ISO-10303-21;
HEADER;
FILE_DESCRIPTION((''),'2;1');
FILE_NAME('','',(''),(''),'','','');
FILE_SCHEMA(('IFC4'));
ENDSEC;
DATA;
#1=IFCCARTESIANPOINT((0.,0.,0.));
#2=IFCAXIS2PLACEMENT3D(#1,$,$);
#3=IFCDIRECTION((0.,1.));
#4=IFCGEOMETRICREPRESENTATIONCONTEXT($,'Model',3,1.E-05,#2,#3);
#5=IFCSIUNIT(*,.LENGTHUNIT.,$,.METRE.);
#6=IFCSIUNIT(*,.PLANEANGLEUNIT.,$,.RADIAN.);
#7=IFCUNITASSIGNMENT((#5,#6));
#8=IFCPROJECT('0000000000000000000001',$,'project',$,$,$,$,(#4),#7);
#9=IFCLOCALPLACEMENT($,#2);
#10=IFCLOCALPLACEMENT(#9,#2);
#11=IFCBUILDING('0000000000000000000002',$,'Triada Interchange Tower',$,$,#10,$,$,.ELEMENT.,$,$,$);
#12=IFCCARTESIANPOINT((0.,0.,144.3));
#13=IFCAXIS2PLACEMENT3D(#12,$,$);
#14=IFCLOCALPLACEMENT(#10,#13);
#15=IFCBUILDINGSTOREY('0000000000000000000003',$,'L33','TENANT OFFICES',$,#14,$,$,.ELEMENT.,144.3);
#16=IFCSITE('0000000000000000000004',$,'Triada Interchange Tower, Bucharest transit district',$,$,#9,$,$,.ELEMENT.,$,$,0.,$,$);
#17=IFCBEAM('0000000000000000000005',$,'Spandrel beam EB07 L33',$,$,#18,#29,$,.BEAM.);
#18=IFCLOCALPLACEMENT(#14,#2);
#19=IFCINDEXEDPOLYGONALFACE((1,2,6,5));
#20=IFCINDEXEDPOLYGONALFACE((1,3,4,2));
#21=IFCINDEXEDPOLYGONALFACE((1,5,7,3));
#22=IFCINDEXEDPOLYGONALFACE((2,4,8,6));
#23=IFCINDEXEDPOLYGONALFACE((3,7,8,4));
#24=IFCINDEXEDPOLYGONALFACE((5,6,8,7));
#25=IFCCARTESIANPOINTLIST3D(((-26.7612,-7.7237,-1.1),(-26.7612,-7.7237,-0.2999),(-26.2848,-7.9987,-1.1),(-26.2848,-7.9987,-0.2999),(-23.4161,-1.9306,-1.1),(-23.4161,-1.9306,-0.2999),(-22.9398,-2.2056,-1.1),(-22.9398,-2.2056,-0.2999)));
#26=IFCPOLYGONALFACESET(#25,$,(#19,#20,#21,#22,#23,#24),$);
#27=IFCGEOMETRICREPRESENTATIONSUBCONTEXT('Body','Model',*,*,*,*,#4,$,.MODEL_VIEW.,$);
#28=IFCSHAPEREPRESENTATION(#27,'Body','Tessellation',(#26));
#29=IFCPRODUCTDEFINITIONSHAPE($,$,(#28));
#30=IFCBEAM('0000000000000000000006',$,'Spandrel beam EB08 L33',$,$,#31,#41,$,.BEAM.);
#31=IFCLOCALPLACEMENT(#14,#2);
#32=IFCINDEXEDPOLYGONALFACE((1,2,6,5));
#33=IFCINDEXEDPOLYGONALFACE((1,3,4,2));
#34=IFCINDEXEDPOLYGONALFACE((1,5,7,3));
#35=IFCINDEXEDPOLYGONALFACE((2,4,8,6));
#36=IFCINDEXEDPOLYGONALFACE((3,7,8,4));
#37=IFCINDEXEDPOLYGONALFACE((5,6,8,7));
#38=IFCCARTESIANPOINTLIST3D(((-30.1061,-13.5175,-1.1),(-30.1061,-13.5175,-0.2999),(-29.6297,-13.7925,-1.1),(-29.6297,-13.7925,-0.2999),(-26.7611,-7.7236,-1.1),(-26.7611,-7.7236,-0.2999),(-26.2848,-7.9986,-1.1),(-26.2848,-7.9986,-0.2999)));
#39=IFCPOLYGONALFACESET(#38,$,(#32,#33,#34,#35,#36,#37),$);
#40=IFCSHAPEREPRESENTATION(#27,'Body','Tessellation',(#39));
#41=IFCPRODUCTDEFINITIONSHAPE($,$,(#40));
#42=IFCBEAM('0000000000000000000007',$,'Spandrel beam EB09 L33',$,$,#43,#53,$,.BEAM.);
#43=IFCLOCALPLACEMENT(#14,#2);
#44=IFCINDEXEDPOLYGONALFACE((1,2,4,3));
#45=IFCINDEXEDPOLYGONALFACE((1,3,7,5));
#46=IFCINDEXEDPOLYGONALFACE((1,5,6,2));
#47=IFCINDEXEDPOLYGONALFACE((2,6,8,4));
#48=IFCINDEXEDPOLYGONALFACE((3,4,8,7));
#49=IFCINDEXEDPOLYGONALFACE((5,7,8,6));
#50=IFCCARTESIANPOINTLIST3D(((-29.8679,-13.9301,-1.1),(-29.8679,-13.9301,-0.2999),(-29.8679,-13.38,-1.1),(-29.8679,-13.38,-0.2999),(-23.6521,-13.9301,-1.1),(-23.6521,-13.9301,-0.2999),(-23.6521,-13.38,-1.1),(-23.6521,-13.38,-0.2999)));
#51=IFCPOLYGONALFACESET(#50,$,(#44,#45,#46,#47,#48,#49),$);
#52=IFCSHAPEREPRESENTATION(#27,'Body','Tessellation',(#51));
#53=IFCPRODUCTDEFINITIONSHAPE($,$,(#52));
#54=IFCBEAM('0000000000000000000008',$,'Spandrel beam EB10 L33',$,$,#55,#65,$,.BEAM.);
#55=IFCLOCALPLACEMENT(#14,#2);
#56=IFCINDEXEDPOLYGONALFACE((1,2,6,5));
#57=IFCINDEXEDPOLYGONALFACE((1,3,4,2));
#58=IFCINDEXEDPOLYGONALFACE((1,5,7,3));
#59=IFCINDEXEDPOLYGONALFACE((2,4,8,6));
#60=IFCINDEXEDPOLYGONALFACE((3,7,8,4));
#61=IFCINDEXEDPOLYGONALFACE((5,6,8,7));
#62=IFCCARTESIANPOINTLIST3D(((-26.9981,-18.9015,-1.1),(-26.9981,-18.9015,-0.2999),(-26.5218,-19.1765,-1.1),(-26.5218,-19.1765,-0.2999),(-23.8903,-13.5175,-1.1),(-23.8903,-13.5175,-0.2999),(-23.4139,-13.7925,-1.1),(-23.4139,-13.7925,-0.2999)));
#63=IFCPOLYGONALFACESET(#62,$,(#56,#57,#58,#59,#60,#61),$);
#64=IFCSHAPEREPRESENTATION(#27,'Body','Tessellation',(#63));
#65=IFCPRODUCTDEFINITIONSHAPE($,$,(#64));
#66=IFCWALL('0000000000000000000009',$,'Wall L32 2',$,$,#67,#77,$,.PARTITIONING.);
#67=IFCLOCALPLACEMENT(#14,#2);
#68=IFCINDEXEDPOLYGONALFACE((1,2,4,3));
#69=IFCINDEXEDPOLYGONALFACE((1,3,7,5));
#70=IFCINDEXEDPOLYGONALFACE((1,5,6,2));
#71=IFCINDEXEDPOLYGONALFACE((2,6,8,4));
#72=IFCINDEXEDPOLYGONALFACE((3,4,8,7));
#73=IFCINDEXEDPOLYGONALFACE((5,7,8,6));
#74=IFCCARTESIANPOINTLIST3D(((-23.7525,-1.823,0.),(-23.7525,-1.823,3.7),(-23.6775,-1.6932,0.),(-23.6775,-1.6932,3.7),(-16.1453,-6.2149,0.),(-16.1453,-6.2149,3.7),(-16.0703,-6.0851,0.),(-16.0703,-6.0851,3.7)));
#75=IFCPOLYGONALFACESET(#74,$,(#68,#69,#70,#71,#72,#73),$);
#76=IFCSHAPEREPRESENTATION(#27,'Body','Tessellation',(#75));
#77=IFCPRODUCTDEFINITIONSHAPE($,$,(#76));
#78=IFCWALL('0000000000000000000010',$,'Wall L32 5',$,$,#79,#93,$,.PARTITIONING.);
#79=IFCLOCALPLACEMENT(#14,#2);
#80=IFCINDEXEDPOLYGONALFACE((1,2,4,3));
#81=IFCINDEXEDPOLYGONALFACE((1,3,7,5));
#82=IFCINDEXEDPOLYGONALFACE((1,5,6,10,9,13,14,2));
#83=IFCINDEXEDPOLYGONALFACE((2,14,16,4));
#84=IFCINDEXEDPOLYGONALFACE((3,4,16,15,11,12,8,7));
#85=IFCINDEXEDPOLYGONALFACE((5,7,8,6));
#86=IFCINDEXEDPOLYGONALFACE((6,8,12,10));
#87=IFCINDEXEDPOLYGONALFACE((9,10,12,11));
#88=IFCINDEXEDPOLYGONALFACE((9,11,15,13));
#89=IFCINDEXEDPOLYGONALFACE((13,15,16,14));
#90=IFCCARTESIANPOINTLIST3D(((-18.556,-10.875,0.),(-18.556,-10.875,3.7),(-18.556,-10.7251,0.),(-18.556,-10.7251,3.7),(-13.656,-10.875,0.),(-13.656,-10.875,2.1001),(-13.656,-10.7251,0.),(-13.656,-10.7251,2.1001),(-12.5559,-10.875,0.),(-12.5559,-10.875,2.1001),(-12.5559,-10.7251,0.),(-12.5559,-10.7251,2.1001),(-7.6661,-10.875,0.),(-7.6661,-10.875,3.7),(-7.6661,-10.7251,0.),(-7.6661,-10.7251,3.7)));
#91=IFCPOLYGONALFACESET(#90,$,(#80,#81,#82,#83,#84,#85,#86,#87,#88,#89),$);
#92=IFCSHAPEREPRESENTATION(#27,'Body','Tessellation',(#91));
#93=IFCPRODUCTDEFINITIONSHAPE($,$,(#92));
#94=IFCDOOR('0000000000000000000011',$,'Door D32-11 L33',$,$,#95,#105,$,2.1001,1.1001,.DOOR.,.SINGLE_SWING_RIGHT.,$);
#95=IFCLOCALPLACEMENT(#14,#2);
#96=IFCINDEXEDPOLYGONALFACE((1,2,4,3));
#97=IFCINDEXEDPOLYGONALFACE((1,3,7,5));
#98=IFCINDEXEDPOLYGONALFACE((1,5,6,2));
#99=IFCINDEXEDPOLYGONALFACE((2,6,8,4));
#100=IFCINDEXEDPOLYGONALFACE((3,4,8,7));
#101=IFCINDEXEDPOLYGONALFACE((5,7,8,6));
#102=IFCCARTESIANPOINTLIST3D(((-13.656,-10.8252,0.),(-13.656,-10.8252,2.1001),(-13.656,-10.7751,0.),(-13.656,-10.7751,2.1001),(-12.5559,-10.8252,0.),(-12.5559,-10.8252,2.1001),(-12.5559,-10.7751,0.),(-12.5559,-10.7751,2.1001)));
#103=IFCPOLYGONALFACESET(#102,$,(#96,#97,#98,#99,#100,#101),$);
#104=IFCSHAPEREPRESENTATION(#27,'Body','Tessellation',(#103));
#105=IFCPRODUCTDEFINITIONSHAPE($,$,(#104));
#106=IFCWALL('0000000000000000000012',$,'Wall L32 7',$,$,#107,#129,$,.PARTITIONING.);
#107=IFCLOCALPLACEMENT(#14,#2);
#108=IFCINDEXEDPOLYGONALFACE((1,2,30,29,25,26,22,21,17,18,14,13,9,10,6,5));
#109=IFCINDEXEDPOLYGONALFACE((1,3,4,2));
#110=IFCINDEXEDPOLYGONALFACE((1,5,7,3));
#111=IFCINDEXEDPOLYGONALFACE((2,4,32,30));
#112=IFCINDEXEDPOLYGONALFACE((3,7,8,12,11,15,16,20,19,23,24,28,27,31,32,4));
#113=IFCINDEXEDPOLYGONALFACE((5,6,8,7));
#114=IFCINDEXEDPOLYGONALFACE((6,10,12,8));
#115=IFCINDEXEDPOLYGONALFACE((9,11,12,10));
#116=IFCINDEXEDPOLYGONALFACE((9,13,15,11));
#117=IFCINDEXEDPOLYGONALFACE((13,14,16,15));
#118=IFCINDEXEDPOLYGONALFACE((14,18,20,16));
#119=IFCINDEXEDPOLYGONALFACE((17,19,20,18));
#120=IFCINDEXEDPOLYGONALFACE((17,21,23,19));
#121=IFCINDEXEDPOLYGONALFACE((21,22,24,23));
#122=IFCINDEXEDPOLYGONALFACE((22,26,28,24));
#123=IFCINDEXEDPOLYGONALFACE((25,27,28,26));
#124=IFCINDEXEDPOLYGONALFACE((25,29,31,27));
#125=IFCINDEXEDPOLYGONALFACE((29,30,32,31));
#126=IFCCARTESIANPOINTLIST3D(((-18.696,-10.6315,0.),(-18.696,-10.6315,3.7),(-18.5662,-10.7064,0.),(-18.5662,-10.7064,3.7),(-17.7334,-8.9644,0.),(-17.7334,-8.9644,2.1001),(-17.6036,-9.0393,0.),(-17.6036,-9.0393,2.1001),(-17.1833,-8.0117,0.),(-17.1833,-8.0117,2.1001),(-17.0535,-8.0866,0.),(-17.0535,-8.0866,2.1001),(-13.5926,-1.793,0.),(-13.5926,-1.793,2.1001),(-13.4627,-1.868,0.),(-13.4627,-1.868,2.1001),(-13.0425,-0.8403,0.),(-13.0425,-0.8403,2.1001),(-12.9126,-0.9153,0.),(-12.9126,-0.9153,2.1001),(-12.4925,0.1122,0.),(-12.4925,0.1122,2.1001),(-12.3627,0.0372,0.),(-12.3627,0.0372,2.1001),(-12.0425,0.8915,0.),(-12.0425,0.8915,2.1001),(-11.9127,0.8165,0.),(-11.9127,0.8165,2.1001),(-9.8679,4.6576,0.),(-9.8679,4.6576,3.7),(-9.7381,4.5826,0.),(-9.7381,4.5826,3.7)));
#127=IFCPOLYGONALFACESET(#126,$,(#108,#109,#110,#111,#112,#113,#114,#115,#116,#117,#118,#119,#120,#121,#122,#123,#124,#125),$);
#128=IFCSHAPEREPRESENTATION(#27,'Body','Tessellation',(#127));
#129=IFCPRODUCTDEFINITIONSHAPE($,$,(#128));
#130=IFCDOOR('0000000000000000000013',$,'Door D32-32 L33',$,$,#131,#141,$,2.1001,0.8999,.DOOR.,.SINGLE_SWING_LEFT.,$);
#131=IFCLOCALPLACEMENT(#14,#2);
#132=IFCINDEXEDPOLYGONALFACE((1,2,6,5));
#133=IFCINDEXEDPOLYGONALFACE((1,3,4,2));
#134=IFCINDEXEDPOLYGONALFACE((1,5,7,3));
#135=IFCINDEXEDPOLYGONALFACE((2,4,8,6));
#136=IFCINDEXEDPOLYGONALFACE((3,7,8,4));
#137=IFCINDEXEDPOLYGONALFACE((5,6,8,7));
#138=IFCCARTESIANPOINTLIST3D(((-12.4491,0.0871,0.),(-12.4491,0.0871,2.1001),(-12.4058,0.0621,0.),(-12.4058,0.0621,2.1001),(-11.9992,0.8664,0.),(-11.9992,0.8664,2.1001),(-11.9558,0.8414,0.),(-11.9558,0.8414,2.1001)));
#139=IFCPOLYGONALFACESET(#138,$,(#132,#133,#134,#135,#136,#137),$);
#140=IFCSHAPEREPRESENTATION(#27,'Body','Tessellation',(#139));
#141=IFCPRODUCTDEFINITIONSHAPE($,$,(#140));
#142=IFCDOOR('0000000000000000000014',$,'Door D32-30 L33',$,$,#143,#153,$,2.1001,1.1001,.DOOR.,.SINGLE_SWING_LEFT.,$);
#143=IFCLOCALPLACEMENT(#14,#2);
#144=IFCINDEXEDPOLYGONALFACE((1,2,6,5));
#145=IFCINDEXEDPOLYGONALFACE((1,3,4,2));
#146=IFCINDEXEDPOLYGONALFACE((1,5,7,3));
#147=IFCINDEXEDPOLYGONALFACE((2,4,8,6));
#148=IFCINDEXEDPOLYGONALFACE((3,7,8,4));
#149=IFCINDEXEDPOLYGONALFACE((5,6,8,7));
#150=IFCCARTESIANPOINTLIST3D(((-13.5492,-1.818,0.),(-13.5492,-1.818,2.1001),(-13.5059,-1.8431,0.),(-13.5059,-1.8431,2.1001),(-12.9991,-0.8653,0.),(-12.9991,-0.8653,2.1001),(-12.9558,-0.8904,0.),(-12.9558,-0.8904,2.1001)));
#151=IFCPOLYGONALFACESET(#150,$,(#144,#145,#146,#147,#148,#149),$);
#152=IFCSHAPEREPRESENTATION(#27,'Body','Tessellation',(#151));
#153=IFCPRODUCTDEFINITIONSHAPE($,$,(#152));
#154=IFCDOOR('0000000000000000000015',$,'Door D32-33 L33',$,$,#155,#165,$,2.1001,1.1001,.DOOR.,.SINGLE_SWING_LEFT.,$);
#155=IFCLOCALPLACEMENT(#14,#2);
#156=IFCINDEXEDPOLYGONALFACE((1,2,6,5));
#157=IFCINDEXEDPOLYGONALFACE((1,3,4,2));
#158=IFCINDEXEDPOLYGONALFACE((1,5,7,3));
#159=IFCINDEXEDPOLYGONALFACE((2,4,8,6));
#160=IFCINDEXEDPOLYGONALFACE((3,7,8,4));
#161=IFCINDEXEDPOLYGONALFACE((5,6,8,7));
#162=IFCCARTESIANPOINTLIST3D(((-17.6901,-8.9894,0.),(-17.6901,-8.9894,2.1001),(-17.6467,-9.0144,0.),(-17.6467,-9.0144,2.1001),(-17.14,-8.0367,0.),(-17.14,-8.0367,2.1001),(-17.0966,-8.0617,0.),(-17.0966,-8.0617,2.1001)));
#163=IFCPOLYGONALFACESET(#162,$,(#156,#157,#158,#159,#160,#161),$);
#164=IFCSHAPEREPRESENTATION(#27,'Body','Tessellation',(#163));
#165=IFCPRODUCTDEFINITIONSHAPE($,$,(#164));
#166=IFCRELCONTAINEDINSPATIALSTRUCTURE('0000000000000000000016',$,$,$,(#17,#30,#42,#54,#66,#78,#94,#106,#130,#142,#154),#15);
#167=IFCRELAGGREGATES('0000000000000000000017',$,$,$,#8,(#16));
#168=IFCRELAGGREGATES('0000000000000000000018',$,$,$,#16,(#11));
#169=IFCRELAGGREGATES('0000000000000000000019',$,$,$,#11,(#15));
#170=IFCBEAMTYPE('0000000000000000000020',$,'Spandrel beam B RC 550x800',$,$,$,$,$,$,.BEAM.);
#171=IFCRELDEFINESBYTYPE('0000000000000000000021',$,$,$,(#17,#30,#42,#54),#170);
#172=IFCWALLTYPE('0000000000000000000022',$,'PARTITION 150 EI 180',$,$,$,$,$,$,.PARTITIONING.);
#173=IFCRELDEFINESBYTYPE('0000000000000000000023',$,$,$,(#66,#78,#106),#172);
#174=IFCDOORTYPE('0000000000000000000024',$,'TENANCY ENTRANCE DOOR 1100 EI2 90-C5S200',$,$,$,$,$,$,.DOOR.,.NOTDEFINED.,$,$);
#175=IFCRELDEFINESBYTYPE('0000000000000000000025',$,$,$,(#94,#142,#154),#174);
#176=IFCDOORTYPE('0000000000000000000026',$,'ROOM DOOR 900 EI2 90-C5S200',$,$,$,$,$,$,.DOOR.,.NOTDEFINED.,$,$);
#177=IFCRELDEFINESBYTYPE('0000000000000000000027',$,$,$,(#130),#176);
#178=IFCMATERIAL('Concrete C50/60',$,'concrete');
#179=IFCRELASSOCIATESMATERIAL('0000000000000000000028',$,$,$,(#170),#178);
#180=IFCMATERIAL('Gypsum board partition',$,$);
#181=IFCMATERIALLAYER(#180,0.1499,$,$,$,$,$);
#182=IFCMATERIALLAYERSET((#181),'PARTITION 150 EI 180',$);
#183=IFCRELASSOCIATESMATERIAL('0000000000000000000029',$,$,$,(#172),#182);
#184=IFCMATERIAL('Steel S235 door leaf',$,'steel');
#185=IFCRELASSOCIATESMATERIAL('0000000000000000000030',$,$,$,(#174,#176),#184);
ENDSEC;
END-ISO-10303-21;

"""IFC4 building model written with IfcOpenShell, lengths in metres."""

from ifc_helpers import new_model, si_unit, direction, frame, frame_2d, origin, origin_2d, place, context, subcontext, project, spatial, rectangle, extrude, material, layer, layer_set, material_profile, profile_set, type_object, element, fill, save


model = new_model("IFC4")

# Units and contexts
model_context = context("Model", 3, precision=1e-05, world=origin(), true_north=direction((0.0, 1.0)))
body_context = subcontext(model_context, "Body", "Model", "MODEL_VIEW")
ifc_project = project(units=[si_unit("LENGTHUNIT", "METRE"), si_unit("PLANEANGLEUNIT", "RADIAN")], contexts=[model_context])

# Site, building, storey
site_placement = place(None, origin())
site = spatial("IfcSite", under=ifc_project, at=site_placement, Name="Triada Interchange Tower, Bucharest transit district", CompositionType="ELEMENT", RefElevation=0.0)
building_placement = place(site_placement, origin())
building = spatial("IfcBuilding", under=site, at=building_placement, Name="Triada Interchange Tower", CompositionType="ELEMENT")
storey_placement = place(building_placement, frame((0.0, 0.0, 144.3)))
storey = spatial("IfcBuildingStorey", under=building, at=storey_placement, Name="L33", Description="TENANT OFFICES", CompositionType="ELEMENT", Elevation=144.3)

# Beams
ifc_material_1 = material(Name="Concrete C50/60", Category="concrete")
ifc_material_profile_1 = material_profile(ifc_material_1, rectangle(XDim=0.55, YDim=0.8, at=origin_2d()), Name="RC 550x800")
ifc_profile_set_1 = profile_set([ifc_material_profile_1], Name="Concrete C50/60")
beam_type_1 = type_object("IfcBeamType", Name="Spandrel beam B RC 550x800", PredefinedType="BEAM", material=ifc_profile_set_1)
beam_1_placement = place(storey_placement, frame((-23.178, -2.0681, -0.7), z_axis=(-0.500045, -0.866, 0.0), x_axis=(0.866, -0.500045, 0.0)))
element("IfcBeam", 1, at=beam_1_placement, inside=storey, type_object=beam_type_1, Name="Spandrel beam EB07 L33", PredefinedType="BEAM", context=body_context, shape_type="SweptSolid", body=[
    extrude(rectangle(XDim=0.55, YDim=0.8, at=origin_2d()), origin(), (0.0, 0.0, 1.0), 6.6895),
])
beam_2_placement = place(storey_placement, frame((-26.5229, -7.8611, -0.7), z_axis=(-0.499981, -0.866036, 0.0), x_axis=(0.866036, -0.499981, 0.0)))
element("IfcBeam", 2, at=beam_2_placement, inside=storey, type_object=beam_type_1, Name="Spandrel beam EB08 L33", PredefinedType="BEAM", context=body_context, shape_type="SweptSolid", body=[
    extrude(rectangle(XDim=0.55, YDim=0.8, at=origin_2d()), origin(), (0.0, 0.0, 1.0), 6.6902),
])
beam_3_placement = place(storey_placement, frame((-29.8679, -13.655, -0.7), z_axis=(1.0, 0.0, 0.0), x_axis=(0.0, 1.0, 0.0)))
element("IfcBeam", 3, at=beam_3_placement, inside=storey, type_object=beam_type_1, Name="Spandrel beam EB09 L33", PredefinedType="BEAM", context=body_context, shape_type="SweptSolid", body=[
    extrude(rectangle(XDim=0.55, YDim=0.8, at=origin_2d()), origin(), (0.0, 0.0, 1.0), 6.2158),
])
beam_4_placement = place(storey_placement, frame((-23.6521, -13.655, -0.7), z_axis=(-0.499932, -0.866065, 0.0), x_axis=(0.866065, -0.499932, 0.0)))
element("IfcBeam", 4, at=beam_4_placement, inside=storey, type_object=beam_type_1, Name="Spandrel beam EB10 L33", PredefinedType="BEAM", context=body_context, shape_type="SweptSolid", body=[
    extrude(rectangle(XDim=0.55, YDim=0.8, at=origin_2d()), origin(), (0.0, 0.0, 1.0), 6.2166),
])

# Wall
ifc_material_2 = material(Name="Gypsum board partition")
ifc_layer_1 = layer(ifc_material_2, 0.1499)
ifc_layer_set_1 = layer_set([ifc_layer_1], Name="PARTITION 150 EI 180")
wall_type = type_object("IfcWallType", Name="PARTITION 150 EI 180", PredefinedType="PARTITIONING", material=ifc_layer_set_1)
wall_1_placement = place(storey_placement, frame((-23.7151, -1.7581, 0.0), z_axis=(0.0, 0.0, 1.0), x_axis=(0.866033, -0.499986, 0.0)))
element("IfcWall", 5, at=wall_1_placement, inside=storey, type_object=wall_type, Name="Wall L32 2", PredefinedType="PARTITIONING", context=body_context, shape_type="SweptSolid", body=[
    extrude(rectangle(XDim=8.7839, YDim=0.1499, at=frame_2d((4.3921, 0.0))), origin(), (0.0, 0.0, 1.0), 3.7),
])

# Wall, opening, door
wall_2_placement = place(storey_placement, frame((-18.5559, -10.8, 0.0), z_axis=(0.0, 0.0, 1.0), x_axis=(1.0, 0.0, 0.0)))
wall_2 = element("IfcWall", 6, at=wall_2_placement, inside=storey, type_object=wall_type, Name="Wall L32 5", PredefinedType="PARTITIONING", context=body_context, shape_type="SweptSolid", body=[
    extrude(rectangle(XDim=10.8899, YDim=0.1499, at=frame_2d((5.4448, 0.0))), origin(), (0.0, 0.0, 1.0), 3.7),
])
opening_1_placement = place(wall_2_placement, frame((4.8999, 0.0, 0.0)))
opening_1 = element("IfcOpeningElement", 7, at=opening_1_placement, cuts=wall_2, PredefinedType="OPENING", context=body_context, shape_type="SweptSolid", body=[
    extrude(rectangle(XDim=1.1001, YDim=2.1001, at=frame_2d((0.55, 1.05))), frame((0.0, 0.085, 0.0), z_axis=(0.0, -1.0, 0.0), x_axis=(1.0, 0.0, 0.0)), (0.0, 0.0, 1.0), 0.1699),
])
ifc_material_3 = material(Name="Steel S235 door leaf", Category="steel")
door_type_1 = type_object("IfcDoorType", Name="TENANCY ENTRANCE DOOR 1100 EI2 90-C5S200", OperationType="NOTDEFINED", PredefinedType="DOOR", material=ifc_material_3)
door_1_placement = place(opening_1_placement, origin())
door_1 = element("IfcDoor", 8, at=door_1_placement, inside=storey, type_object=door_type_1, Name="Door D32-11 L33", OperationType="SINGLE_SWING_RIGHT", OverallHeight=2.1001, OverallWidth=1.1001, PredefinedType="DOOR", context=body_context, shape_type="SweptSolid", body=[
    extrude(rectangle(XDim=1.1001, YDim=2.1001, at=frame_2d((0.55, 1.05))), frame((0.0, 0.0249, 0.0), z_axis=(0.0, -1.0, 0.0), x_axis=(1.0, 0.0, 0.0)), (0.0, 0.0, 1.0), 0.05),
])
fill(opening_1, door_1)

# Wall, openings, doors
wall_3_placement = place(storey_placement, frame((-18.6311, -10.6689, 0.0), z_axis=(0.0, 0.0, 1.0), x_axis=(0.500042, 0.866001, 0.0)))
wall_3 = element("IfcWall", 9, at=wall_3_placement, inside=storey, type_object=wall_type, Name="Wall L32 7", PredefinedType="PARTITIONING", context=body_context, shape_type="SweptSolid", body=[
    extrude(rectangle(XDim=17.6548, YDim=0.1499, at=frame_2d((8.8274, 0.0))), origin(), (0.0, 0.0, 1.0), 3.7),
])
opening_2_placement = place(wall_3_placement, frame((10.2061, 0.0, 0.0)))
opening_2 = element("IfcOpeningElement", 10, at=opening_2_placement, cuts=wall_3, PredefinedType="OPENING", context=body_context, shape_type="SweptSolid", body=[
    extrude(rectangle(XDim=1.1001, YDim=2.1001, at=frame_2d((0.55, 1.05))), frame((0.0, 0.085, 0.0), z_axis=(0.0, -1.0, 0.0), x_axis=(1.0, 0.0, 0.0)), (0.0, 0.0, 1.0), 0.1699),
])
opening_3_placement = place(wall_3_placement, frame((12.406, 0.0, 0.0)))
opening_3 = element("IfcOpeningElement", 11, at=opening_3_placement, cuts=wall_3, PredefinedType="OPENING", context=body_context, shape_type="SweptSolid", body=[
    extrude(rectangle(XDim=0.8999, YDim=2.1001, at=frame_2d((0.45, 1.05))), frame((0.0, 0.085, 0.0), z_axis=(0.0, -1.0, 0.0), x_axis=(1.0, 0.0, 0.0)), (0.0, 0.0, 1.0), 0.1699),
])
opening_4_placement = place(wall_3_placement, frame((1.925, 0.0, 0.0)))
opening_4 = element("IfcOpeningElement", 12, at=opening_4_placement, cuts=wall_3, PredefinedType="OPENING", context=body_context, shape_type="SweptSolid", body=[
    extrude(rectangle(XDim=1.1001, YDim=2.1001, at=frame_2d((0.55, 1.05))), frame((0.0, 0.085, 0.0), z_axis=(0.0, -1.0, 0.0), x_axis=(1.0, 0.0, 0.0)), (0.0, 0.0, 1.0), 0.1699),
])
door_type_2 = type_object("IfcDoorType", Name="ROOM DOOR 900 EI2 90-C5S200", OperationType="NOTDEFINED", PredefinedType="DOOR", material=ifc_material_3)
door_2_placement = place(opening_3_placement, origin())
door_2 = element("IfcDoor", 13, at=door_2_placement, inside=storey, type_object=door_type_2, Name="Door D32-32 L33", OperationType="SINGLE_SWING_LEFT", OverallHeight=2.1001, OverallWidth=0.8999, PredefinedType="DOOR", context=body_context, shape_type="SweptSolid", body=[
    extrude(rectangle(XDim=0.8999, YDim=2.1001, at=frame_2d((0.45, 1.05))), frame((0.0, 0.0249, 0.0), z_axis=(0.0, -1.0, 0.0), x_axis=(1.0, 0.0, 0.0)), (0.0, 0.0, 1.0), 0.05),
])
fill(opening_3, door_2)
door_3_placement = place(opening_2_placement, origin())
door_3 = element("IfcDoor", 14, at=door_3_placement, inside=storey, type_object=door_type_1, Name="Door D32-30 L33", OperationType="SINGLE_SWING_LEFT", OverallHeight=2.1001, OverallWidth=1.1001, PredefinedType="DOOR", context=body_context, shape_type="SweptSolid", body=[
    extrude(rectangle(XDim=1.1001, YDim=2.1001, at=frame_2d((0.55, 1.05))), frame((0.0, 0.0249, 0.0), z_axis=(0.0, -1.0, 0.0), x_axis=(1.0, 0.0, 0.0)), (0.0, 0.0, 1.0), 0.05),
])
fill(opening_2, door_3)
door_4_placement = place(opening_4_placement, origin())
door_4 = element("IfcDoor", 15, at=door_4_placement, inside=storey, type_object=door_type_1, Name="Door D32-33 L33", OperationType="SINGLE_SWING_LEFT", OverallHeight=2.1001, OverallWidth=1.1001, PredefinedType="DOOR", context=body_context, shape_type="SweptSolid", body=[
    extrude(rectangle(XDim=1.1001, YDim=2.1001, at=frame_2d((0.55, 1.05))), frame((0.0, 0.0249, 0.0), z_axis=(0.0, -1.0, 0.0), x_axis=(1.0, 0.0, 0.0)), (0.0, 0.0, 1.0), 0.05),
])
fill(opening_4, door_4)

save(model, "model.ifc")
